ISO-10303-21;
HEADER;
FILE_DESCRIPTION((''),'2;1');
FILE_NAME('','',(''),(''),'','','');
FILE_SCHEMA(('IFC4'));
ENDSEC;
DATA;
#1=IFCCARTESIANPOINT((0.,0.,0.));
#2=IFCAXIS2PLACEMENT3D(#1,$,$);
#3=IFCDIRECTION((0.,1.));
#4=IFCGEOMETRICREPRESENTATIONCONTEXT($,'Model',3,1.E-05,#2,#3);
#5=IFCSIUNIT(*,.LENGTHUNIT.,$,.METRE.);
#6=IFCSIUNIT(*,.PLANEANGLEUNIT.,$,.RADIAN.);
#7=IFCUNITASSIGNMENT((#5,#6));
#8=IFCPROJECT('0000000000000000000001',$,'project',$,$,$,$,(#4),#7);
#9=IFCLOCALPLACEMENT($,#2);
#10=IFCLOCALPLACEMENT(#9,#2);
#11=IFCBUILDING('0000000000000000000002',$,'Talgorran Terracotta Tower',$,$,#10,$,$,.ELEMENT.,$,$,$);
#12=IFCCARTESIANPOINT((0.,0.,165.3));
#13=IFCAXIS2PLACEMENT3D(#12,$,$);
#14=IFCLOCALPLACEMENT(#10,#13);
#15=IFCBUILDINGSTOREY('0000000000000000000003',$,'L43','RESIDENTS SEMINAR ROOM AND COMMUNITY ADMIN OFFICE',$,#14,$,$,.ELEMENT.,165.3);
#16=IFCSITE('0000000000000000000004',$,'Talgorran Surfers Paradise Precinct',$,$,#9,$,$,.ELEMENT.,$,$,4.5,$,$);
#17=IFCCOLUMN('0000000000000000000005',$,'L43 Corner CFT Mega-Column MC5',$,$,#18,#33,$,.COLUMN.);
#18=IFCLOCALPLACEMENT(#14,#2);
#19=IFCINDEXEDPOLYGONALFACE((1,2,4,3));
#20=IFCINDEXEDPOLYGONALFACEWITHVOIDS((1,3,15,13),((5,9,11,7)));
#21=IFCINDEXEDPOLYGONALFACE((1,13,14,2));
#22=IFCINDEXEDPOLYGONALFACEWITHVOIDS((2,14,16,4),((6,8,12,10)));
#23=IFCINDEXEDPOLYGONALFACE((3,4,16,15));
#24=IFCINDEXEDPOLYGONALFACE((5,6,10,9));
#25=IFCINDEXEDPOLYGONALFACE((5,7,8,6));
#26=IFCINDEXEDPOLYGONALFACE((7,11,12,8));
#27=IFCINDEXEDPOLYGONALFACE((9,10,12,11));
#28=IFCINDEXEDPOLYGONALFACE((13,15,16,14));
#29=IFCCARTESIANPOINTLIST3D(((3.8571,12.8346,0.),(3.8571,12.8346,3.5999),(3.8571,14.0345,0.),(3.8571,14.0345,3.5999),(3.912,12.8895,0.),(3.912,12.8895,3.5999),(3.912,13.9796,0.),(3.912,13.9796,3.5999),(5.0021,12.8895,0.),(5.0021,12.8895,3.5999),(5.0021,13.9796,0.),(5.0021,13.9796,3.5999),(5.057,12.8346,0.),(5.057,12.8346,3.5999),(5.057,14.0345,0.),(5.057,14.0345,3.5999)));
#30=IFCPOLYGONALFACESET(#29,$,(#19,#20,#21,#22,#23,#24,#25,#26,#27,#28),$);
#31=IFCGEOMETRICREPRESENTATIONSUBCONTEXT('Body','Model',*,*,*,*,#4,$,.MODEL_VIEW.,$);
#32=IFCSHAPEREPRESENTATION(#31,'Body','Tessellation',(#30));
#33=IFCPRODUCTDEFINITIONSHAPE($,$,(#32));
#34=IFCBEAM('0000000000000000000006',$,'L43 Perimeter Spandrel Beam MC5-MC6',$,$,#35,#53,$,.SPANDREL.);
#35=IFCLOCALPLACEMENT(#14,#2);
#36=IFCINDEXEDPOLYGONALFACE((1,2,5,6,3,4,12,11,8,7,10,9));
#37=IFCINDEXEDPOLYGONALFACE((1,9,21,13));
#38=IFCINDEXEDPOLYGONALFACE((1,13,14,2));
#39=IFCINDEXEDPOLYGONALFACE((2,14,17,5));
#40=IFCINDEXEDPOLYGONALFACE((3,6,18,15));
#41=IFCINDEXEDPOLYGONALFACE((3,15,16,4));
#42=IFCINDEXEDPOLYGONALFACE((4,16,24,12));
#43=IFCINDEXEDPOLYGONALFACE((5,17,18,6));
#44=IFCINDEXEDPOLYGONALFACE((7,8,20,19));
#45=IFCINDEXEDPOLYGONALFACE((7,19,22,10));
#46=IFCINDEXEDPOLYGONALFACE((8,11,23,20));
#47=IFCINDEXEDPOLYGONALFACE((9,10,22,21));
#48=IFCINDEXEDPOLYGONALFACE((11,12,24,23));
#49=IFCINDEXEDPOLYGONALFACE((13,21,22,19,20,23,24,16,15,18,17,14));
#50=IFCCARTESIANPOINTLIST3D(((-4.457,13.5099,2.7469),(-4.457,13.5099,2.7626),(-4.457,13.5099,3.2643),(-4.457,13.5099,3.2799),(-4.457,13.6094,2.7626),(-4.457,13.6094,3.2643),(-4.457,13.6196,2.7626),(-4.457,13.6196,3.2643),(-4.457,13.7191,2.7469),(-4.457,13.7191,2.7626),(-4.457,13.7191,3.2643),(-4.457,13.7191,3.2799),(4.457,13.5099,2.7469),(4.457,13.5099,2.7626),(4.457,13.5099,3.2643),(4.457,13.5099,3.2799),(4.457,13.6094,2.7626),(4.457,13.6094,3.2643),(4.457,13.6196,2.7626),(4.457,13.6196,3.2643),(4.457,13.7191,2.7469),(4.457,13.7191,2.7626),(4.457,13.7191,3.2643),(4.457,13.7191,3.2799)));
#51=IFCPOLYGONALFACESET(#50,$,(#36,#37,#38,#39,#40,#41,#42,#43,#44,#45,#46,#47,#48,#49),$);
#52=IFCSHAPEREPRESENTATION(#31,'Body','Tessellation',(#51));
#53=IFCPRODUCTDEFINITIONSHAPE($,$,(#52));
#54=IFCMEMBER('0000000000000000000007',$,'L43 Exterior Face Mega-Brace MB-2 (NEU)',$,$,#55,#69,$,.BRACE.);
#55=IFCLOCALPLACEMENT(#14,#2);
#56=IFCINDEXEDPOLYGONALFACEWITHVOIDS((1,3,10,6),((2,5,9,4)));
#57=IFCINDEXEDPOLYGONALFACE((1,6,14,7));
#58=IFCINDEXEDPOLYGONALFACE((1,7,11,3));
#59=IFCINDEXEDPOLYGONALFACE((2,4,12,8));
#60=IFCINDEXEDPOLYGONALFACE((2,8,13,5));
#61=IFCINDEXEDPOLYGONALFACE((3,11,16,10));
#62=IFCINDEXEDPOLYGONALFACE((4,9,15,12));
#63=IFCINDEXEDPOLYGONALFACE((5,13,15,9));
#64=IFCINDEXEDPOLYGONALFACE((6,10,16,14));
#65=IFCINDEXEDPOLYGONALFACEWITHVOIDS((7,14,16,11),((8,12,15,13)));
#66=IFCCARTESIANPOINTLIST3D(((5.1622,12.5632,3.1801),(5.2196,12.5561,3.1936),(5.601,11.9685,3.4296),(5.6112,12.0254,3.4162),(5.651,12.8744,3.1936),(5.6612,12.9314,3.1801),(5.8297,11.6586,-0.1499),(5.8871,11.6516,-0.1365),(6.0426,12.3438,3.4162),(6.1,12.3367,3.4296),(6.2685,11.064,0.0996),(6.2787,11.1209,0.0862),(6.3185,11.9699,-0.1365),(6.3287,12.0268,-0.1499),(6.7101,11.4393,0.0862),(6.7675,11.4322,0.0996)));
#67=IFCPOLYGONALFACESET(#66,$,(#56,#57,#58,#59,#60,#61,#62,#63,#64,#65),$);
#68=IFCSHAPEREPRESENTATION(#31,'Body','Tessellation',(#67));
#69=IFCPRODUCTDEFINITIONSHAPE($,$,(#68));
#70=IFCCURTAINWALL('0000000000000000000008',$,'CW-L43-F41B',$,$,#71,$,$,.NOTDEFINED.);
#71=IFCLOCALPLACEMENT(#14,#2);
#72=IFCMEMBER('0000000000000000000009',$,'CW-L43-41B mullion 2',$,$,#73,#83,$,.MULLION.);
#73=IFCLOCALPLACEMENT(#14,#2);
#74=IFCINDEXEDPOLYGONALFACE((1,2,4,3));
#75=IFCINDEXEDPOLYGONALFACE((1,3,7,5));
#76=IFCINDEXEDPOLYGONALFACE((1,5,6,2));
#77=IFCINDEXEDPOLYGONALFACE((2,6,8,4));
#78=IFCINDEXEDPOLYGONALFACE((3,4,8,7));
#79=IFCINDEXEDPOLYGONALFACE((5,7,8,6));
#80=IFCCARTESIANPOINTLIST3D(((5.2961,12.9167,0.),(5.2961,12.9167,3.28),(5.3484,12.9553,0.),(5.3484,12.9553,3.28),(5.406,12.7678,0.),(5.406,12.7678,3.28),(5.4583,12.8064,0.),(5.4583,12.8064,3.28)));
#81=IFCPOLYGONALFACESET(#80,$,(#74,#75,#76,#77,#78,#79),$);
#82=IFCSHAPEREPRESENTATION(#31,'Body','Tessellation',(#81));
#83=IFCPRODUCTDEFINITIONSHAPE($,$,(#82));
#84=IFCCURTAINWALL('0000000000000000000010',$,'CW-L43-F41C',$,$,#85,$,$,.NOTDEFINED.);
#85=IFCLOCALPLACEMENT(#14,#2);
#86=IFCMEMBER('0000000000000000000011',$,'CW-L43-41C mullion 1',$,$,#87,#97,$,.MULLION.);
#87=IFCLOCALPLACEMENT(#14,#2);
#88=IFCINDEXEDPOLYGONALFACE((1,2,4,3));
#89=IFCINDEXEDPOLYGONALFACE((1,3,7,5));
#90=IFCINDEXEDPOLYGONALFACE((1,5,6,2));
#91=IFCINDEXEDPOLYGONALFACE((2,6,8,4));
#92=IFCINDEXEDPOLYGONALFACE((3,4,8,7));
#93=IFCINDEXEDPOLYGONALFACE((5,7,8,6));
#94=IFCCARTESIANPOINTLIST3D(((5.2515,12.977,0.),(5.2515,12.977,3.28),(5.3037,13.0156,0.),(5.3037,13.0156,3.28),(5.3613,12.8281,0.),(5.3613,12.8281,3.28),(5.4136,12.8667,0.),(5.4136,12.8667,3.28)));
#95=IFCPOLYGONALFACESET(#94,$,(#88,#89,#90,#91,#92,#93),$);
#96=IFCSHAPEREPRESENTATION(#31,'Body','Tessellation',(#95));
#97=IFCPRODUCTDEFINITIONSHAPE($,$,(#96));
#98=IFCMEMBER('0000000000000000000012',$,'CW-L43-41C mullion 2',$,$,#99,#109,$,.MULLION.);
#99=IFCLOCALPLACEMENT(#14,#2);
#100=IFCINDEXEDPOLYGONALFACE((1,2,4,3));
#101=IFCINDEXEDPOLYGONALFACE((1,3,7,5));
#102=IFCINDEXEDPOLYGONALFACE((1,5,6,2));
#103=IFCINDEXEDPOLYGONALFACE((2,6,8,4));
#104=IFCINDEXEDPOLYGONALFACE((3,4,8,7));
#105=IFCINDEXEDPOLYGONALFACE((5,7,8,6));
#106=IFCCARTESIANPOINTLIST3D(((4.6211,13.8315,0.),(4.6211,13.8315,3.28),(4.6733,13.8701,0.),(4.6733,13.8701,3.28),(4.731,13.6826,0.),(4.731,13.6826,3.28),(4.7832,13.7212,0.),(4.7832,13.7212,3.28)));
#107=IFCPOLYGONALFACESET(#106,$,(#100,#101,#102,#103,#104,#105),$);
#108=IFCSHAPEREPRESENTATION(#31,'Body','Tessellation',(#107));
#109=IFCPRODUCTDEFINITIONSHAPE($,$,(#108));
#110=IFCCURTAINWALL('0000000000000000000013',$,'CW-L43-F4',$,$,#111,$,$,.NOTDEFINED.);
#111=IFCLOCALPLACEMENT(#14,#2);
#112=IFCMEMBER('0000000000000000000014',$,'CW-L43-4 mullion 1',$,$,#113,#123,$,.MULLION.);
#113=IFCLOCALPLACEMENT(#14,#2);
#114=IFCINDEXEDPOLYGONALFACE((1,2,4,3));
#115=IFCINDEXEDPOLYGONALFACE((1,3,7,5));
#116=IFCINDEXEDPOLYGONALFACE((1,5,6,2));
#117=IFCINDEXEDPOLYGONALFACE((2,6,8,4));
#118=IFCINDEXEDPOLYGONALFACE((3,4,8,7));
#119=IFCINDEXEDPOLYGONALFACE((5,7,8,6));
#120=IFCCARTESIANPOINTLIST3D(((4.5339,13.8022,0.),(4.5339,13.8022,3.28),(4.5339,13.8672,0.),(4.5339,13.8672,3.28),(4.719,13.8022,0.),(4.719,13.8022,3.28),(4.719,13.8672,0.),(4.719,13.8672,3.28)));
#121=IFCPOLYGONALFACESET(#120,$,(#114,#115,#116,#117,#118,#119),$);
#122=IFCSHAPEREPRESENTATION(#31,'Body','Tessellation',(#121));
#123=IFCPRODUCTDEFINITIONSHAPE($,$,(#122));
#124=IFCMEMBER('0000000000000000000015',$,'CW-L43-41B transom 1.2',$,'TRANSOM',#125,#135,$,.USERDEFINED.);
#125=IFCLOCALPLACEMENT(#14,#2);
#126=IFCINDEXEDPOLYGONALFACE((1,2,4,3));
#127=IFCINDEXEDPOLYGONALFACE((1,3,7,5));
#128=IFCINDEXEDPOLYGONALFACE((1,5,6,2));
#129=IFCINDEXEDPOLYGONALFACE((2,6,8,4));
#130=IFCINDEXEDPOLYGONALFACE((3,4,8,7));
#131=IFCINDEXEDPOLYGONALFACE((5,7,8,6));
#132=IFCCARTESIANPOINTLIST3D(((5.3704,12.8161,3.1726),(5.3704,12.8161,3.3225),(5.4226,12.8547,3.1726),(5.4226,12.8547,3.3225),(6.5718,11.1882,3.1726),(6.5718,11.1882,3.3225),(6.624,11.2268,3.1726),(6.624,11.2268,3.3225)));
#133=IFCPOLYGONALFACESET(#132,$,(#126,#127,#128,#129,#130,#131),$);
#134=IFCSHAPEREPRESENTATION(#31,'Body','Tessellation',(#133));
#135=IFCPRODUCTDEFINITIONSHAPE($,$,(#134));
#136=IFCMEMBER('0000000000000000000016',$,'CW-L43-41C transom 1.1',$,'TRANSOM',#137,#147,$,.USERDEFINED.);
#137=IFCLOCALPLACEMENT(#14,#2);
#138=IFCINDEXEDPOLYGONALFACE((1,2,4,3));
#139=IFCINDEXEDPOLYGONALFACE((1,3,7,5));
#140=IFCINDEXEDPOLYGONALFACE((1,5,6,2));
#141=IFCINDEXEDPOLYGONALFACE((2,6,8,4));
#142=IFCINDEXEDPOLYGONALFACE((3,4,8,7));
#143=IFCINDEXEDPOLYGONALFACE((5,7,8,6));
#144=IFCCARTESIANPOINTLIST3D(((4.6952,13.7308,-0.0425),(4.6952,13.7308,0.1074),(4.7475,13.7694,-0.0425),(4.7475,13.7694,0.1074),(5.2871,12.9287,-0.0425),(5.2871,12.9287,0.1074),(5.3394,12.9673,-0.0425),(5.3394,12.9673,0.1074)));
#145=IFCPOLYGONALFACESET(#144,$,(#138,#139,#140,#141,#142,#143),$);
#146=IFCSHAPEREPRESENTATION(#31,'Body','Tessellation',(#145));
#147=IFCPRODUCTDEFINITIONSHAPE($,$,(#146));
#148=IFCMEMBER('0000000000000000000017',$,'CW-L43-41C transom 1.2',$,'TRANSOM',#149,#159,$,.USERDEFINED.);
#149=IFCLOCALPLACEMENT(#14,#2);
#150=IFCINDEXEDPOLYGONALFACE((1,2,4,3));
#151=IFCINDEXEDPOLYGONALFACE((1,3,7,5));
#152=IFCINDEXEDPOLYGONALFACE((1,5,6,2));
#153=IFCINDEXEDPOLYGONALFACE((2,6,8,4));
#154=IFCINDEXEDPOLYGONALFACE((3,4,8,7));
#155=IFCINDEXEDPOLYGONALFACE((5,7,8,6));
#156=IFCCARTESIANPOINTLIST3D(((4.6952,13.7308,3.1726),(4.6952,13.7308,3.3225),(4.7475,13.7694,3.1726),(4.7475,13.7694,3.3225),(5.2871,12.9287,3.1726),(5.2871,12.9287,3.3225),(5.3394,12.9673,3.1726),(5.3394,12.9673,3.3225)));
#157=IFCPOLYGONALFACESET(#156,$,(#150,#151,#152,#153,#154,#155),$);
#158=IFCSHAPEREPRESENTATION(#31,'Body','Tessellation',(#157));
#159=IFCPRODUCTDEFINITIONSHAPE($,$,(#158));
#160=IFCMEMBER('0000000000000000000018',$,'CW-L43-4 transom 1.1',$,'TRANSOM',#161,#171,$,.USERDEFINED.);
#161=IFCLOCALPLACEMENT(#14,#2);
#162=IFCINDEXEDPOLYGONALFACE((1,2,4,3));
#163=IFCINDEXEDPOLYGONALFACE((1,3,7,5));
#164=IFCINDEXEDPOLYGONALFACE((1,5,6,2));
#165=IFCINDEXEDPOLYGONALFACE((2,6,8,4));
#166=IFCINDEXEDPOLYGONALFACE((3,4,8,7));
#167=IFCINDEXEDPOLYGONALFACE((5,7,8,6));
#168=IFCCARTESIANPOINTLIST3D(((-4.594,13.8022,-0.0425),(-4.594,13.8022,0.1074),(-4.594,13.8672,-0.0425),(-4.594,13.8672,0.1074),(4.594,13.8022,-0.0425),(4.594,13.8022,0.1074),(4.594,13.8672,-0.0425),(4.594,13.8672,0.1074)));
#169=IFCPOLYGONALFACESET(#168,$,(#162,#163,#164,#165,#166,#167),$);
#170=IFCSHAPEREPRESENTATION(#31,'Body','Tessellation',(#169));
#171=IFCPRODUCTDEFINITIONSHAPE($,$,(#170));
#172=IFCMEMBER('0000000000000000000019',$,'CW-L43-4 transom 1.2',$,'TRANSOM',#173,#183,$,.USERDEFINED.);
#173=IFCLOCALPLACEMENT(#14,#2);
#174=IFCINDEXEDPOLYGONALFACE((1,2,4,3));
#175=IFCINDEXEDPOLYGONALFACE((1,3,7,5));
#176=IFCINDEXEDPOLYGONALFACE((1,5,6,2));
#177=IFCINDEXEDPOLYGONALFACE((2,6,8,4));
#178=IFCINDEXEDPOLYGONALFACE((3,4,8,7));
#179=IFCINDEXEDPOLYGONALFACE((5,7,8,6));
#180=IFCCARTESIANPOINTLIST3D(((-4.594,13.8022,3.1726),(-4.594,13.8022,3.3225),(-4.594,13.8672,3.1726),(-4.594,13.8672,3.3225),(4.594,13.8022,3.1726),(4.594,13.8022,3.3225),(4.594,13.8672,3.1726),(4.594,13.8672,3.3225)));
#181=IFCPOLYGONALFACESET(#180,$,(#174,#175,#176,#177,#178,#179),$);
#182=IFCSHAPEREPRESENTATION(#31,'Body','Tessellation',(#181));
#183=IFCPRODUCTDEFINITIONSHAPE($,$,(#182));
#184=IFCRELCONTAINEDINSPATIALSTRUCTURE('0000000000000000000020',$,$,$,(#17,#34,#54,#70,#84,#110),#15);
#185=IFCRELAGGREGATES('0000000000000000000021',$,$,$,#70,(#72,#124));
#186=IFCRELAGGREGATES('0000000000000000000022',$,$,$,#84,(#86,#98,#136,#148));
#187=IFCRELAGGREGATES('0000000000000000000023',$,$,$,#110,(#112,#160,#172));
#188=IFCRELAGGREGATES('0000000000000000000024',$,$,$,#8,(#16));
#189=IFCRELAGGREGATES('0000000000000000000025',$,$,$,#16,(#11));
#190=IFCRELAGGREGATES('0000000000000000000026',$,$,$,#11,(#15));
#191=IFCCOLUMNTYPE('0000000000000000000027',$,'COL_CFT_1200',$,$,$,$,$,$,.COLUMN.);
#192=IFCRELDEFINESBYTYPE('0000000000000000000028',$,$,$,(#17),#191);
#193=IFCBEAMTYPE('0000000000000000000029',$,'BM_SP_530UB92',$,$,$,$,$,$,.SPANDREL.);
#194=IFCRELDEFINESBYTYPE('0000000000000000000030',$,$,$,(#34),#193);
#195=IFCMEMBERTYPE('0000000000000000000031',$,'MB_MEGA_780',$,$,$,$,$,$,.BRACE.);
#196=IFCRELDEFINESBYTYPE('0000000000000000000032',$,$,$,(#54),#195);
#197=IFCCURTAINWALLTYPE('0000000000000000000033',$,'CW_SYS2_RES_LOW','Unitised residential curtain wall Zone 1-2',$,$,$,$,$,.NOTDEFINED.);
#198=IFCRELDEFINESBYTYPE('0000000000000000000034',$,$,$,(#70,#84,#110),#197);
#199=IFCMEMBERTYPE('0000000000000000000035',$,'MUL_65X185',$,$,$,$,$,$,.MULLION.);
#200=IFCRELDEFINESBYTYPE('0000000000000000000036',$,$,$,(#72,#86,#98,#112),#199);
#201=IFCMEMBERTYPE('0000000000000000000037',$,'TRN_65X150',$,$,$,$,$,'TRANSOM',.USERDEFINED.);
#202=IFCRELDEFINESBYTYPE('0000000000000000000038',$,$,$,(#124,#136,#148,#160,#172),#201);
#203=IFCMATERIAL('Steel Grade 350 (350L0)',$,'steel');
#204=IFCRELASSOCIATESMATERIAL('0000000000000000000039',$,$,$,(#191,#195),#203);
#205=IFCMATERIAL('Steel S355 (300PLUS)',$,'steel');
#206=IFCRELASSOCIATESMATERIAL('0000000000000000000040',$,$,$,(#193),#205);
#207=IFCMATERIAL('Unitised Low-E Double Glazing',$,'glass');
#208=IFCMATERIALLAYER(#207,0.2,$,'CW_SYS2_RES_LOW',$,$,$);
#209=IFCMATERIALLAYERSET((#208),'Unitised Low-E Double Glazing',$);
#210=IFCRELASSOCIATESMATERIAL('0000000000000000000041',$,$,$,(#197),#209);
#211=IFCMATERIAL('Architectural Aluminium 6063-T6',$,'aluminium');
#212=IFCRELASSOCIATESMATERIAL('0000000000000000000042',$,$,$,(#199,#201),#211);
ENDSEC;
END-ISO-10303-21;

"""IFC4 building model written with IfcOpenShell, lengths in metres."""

from ifc_helpers import new_model, si_unit, direction, frame, origin, origin_2d, place, context, subcontext, project, spatial, rectangle, hollow_rectangle, i_section, extrude, material, layer, layer_set, material_profile, profile_set, type_object, element, aggregate, save


model = new_model("IFC4")

# Units and contexts
model_context = context("Model", 3, precision=1e-05, world=origin(), true_north=direction((0.0, 1.0)))
body_context = subcontext(model_context, "Body", "Model", "MODEL_VIEW")
ifc_project = project(units=[si_unit("LENGTHUNIT", "METRE"), si_unit("PLANEANGLEUNIT", "RADIAN")], contexts=[model_context])

# Site, building, storey
site_placement = place(None, origin())
site = spatial("IfcSite", under=ifc_project, at=site_placement, Name="Talgorran Surfers Paradise Precinct", CompositionType="ELEMENT", RefElevation=4.5)
building_placement = place(site_placement, origin())
building = spatial("IfcBuilding", under=site, at=building_placement, Name="Talgorran Terracotta Tower", CompositionType="ELEMENT")
storey_placement = place(building_placement, frame((0.0, 0.0, 165.3)))
storey = spatial("IfcBuildingStorey", under=building, at=storey_placement, Name="L43", Description="RESIDENTS SEMINAR ROOM AND COMMUNITY ADMIN OFFICE", CompositionType="ELEMENT", Elevation=165.3)

# Column
ifc_material_1 = material(Name="Steel Grade 350 (350L0)", Category="steel")
ifc_material_profile_1 = material_profile(ifc_material_1, hollow_rectangle(XDim=1.2, YDim=1.2, WallThickness=0.0549, at=origin_2d()), Name="CFT1200X1200X55")
ifc_profile_set_1 = profile_set([ifc_material_profile_1], Name="Steel Grade 350 (350L0)")
column_type = type_object("IfcColumnType", Name="COL_CFT_1200", PredefinedType="COLUMN", material=ifc_profile_set_1)
column_placement = place(storey_placement, frame((4.457, 13.4346, 0.0), z_axis=(0.0, 0.0, 1.0), x_axis=(1.0, 0.0, 0.0)))
element("IfcColumn", 1, at=column_placement, inside=storey, type_object=column_type, Name="L43 Corner CFT Mega-Column MC5", PredefinedType="COLUMN", context=body_context, shape_type="SweptSolid", body=[
    extrude(hollow_rectangle(XDim=1.2, YDim=1.2, WallThickness=0.0549, at=origin_2d()), origin(), (0.0, 0.0, 1.0), 3.5999),
])

# Beam
ifc_material_2 = material(Name="Steel S355 (300PLUS)", Category="steel")
ifc_material_profile_2 = material_profile(ifc_material_2, i_section(OverallWidth=0.2092, OverallDepth=0.533, WebThickness=0.0103, FlangeThickness=0.0156, at=origin_2d()), Name="530UB92.4")
ifc_profile_set_2 = profile_set([ifc_material_profile_2], Name="Steel S355 (300PLUS)")
beam_type = type_object("IfcBeamType", Name="BM_SP_530UB92", PredefinedType="SPANDREL", material=ifc_profile_set_2)
beam_placement = place(storey_placement, frame((4.457, 13.6145, 3.0134), z_axis=(-1.0, 0.0, 0.0), x_axis=(0.0, -1.0, 0.0)))
element("IfcBeam", 2, at=beam_placement, inside=storey, type_object=beam_type, Name="L43 Perimeter Spandrel Beam MC5-MC6", PredefinedType="SPANDREL", context=body_context, shape_type="SweptSolid", body=[
    extrude(i_section(OverallWidth=0.2092, OverallDepth=0.533, WebThickness=0.0103, FlangeThickness=0.0156, at=origin_2d()), origin(), (0.0, 0.0, 1.0), 8.9141),
])

# Member
ifc_material_profile_3 = material_profile(ifc_material_1, hollow_rectangle(XDim=0.6201, YDim=0.78, WallThickness=0.042, at=origin_2d()), Name="WBOX780X620X42")
ifc_profile_set_3 = profile_set([ifc_material_profile_3], Name="Steel Grade 350 (350L0)")
member_type_1 = type_object("IfcMemberType", Name="MB_MEGA_780", PredefinedType="BRACE", material=ifc_profile_set_3)
member_1_placement = place(storey_placement, frame((6.2986, 11.5454, -0.0251), z_axis=(-0.189911, 0.257359, 0.94747), x_axis=(-0.804641, -0.593762, 0.0)))
element("IfcMember", 3, at=member_1_placement, inside=storey, type_object=member_type_1, Name="L43 Exterior Face Mega-Brace MB-2 (NEU)", PredefinedType="BRACE", context=body_context, shape_type="SweptSolid", body=[
    extrude(hollow_rectangle(XDim=0.6201, YDim=0.78, WallThickness=0.042, at=origin_2d()), origin(), (0.0, 0.0, 1.0), 3.5146),
])

# Curtain wall, member
ifc_material_3 = material(Name="Unitised Low-E Double Glazing", Category="glass")
ifc_layer_1 = layer(ifc_material_3, 0.2, Name="CW_SYS2_RES_LOW")
ifc_layer_set_1 = layer_set([ifc_layer_1], Name="Unitised Low-E Double Glazing")
curtain_wall_type = type_object("IfcCurtainWallType", Name="CW_SYS2_RES_LOW", Description="Unitised residential curtain wall Zone 1-2", PredefinedType="NOTDEFINED", material=ifc_layer_set_1)
curtain_wall_1_placement = place(storey_placement, origin())
curtain_wall_1 = element("IfcCurtainWall", 4, at=curtain_wall_1_placement, inside=storey, type_object=curtain_wall_type, Name="CW-L43-F41B", PredefinedType="NOTDEFINED")
ifc_material_4 = material(Name="Architectural Aluminium 6063-T6", Category="aluminium")
ifc_material_profile_4 = material_profile(ifc_material_4, rectangle(XDim=0.0649, YDim=0.1851, at=origin_2d()), Name="CWM65X185")
ifc_profile_set_4 = profile_set([ifc_material_profile_4], Name="Architectural Aluminium 6063-T6")
member_type_2 = type_object("IfcMemberType", Name="MUL_65X185", PredefinedType="MULLION", material=ifc_profile_set_4)
member_2_placement = place(storey_placement, frame((5.3772, 12.8616, 0.0), z_axis=(0.0, 0.0, 1.0), x_axis=(-0.804624, -0.593785, 0.0)))
member_2 = element("IfcMember", 5, at=member_2_placement, type_object=member_type_2, Name="CW-L43-41B mullion 2", PredefinedType="MULLION", context=body_context, shape_type="SweptSolid", body=[
    extrude(rectangle(XDim=0.0649, YDim=0.1851, at=origin_2d()), origin(), (0.0, 0.0, 1.0), 3.28),
])

# Curtain wall, members
curtain_wall_2_placement = place(storey_placement, origin())
curtain_wall_2 = element("IfcCurtainWall", 6, at=curtain_wall_2_placement, inside=storey, type_object=curtain_wall_type, Name="CW-L43-F41C", PredefinedType="NOTDEFINED")
member_3_placement = place(storey_placement, frame((5.3325, 12.9219, 0.0), z_axis=(0.0, 0.0, 1.0), x_axis=(-0.80463, -0.593777, 0.0)))
member_3 = element("IfcMember", 7, at=member_3_placement, type_object=member_type_2, Name="CW-L43-41C mullion 1", PredefinedType="MULLION", context=body_context, shape_type="SweptSolid", body=[
    extrude(rectangle(XDim=0.0649, YDim=0.1851, at=origin_2d()), origin(), (0.0, 0.0, 1.0), 3.28),
])
member_4_placement = place(storey_placement, frame((4.7021, 13.7764, 0.0), z_axis=(0.0, 0.0, 1.0), x_axis=(-0.80463, -0.593777, 0.0)))
member_4 = element("IfcMember", 8, at=member_4_placement, type_object=member_type_2, Name="CW-L43-41C mullion 2", PredefinedType="MULLION", context=body_context, shape_type="SweptSolid", body=[
    extrude(rectangle(XDim=0.0649, YDim=0.1851, at=origin_2d()), origin(), (0.0, 0.0, 1.0), 3.28),
])

# Curtain wall, member
curtain_wall_3_placement = place(storey_placement, origin())
curtain_wall_3 = element("IfcCurtainWall", 9, at=curtain_wall_3_placement, inside=storey, type_object=curtain_wall_type, Name="CW-L43-F4", PredefinedType="NOTDEFINED")
member_5_placement = place(storey_placement, frame((4.6265, 13.8347, 0.0), z_axis=(0.0, 0.0, 1.0), x_axis=(0.0, -1.0, 0.0)))
member_5 = element("IfcMember", 10, at=member_5_placement, type_object=member_type_2, Name="CW-L43-4 mullion 1", PredefinedType="MULLION", context=body_context, shape_type="SweptSolid", body=[
    extrude(rectangle(XDim=0.0649, YDim=0.1851, at=origin_2d()), origin(), (0.0, 0.0, 1.0), 3.28),
])

# Members
ifc_material_profile_5 = material_profile(ifc_material_4, rectangle(XDim=0.0649, YDim=0.1499, at=origin_2d()), Name="CWT65X150")
ifc_profile_set_5 = profile_set([ifc_material_profile_5], Name="Architectural Aluminium 6063-T6")
member_type_3 = type_object("IfcMemberType", Name="TRN_65X150", ElementType="TRANSOM", PredefinedType="USERDEFINED", material=ifc_profile_set_5)
member_6_placement = place(storey_placement, frame((6.5979, 11.2075, 3.2476), z_axis=(-0.593804, 0.80461, 0.0), x_axis=(-0.80461, -0.593804, 0.0)))
member_6 = element("IfcMember", 11, at=member_6_placement, type_object=member_type_3, Name="CW-L43-41B transom 1.2", ObjectType="TRANSOM", PredefinedType="USERDEFINED", context=body_context, shape_type="SweptSolid", body=[
    extrude(rectangle(XDim=0.0649, YDim=0.1499, at=origin_2d()), origin(), (0.0, 0.0, 1.0), 2.0232),
])
member_7_placement = place(storey_placement, frame((5.3132, 12.948, 0.0325), z_axis=(-0.59375, 0.804649, 0.0), x_axis=(-0.804649, -0.59375, 0.0)))
member_7 = element("IfcMember", 12, at=member_7_placement, type_object=member_type_3, Name="CW-L43-41C transom 1.1", ObjectType="TRANSOM", PredefinedType="USERDEFINED", context=body_context, shape_type="SweptSolid", body=[
    extrude(rectangle(XDim=0.0649, YDim=0.1499, at=origin_2d()), origin(), (0.0, 0.0, 1.0), 0.9968),
])
member_8_placement = place(storey_placement, frame((5.3132, 12.948, 3.2476), z_axis=(-0.59375, 0.804649, 0.0), x_axis=(-0.804649, -0.59375, 0.0)))
member_8 = element("IfcMember", 13, at=member_8_placement, type_object=member_type_3, Name="CW-L43-41C transom 1.2", ObjectType="TRANSOM", PredefinedType="USERDEFINED", context=body_context, shape_type="SweptSolid", body=[
    extrude(rectangle(XDim=0.0649, YDim=0.1499, at=origin_2d()), origin(), (0.0, 0.0, 1.0), 0.9968),
])
member_9_placement = place(storey_placement, frame((4.594, 13.8347, 0.0325), z_axis=(-1.0, 0.0, 0.0), x_axis=(0.0, -1.0, 0.0)))
member_9 = element("IfcMember", 14, at=member_9_placement, type_object=member_type_3, Name="CW-L43-4 transom 1.1", ObjectType="TRANSOM", PredefinedType="USERDEFINED", context=body_context, shape_type="SweptSolid", body=[
    extrude(rectangle(XDim=0.0649, YDim=0.1499, at=origin_2d()), origin(), (0.0, 0.0, 1.0), 9.188),
])
member_10_placement = place(storey_placement, frame((4.594, 13.8347, 3.2476), z_axis=(-1.0, 0.0, 0.0), x_axis=(0.0, -1.0, 0.0)))
member_10 = element("IfcMember", 15, at=member_10_placement, type_object=member_type_3, Name="CW-L43-4 transom 1.2", ObjectType="TRANSOM", PredefinedType="USERDEFINED", context=body_context, shape_type="SweptSolid", body=[
    extrude(rectangle(XDim=0.0649, YDim=0.1499, at=origin_2d()), origin(), (0.0, 0.0, 1.0), 9.188),
])

aggregate(curtain_wall_1, [member_2, member_6])
aggregate(curtain_wall_2, [member_3, member_4, member_7, member_8])
aggregate(curtain_wall_3, [member_5, member_9, member_10])

save(model, "model.ifc")
